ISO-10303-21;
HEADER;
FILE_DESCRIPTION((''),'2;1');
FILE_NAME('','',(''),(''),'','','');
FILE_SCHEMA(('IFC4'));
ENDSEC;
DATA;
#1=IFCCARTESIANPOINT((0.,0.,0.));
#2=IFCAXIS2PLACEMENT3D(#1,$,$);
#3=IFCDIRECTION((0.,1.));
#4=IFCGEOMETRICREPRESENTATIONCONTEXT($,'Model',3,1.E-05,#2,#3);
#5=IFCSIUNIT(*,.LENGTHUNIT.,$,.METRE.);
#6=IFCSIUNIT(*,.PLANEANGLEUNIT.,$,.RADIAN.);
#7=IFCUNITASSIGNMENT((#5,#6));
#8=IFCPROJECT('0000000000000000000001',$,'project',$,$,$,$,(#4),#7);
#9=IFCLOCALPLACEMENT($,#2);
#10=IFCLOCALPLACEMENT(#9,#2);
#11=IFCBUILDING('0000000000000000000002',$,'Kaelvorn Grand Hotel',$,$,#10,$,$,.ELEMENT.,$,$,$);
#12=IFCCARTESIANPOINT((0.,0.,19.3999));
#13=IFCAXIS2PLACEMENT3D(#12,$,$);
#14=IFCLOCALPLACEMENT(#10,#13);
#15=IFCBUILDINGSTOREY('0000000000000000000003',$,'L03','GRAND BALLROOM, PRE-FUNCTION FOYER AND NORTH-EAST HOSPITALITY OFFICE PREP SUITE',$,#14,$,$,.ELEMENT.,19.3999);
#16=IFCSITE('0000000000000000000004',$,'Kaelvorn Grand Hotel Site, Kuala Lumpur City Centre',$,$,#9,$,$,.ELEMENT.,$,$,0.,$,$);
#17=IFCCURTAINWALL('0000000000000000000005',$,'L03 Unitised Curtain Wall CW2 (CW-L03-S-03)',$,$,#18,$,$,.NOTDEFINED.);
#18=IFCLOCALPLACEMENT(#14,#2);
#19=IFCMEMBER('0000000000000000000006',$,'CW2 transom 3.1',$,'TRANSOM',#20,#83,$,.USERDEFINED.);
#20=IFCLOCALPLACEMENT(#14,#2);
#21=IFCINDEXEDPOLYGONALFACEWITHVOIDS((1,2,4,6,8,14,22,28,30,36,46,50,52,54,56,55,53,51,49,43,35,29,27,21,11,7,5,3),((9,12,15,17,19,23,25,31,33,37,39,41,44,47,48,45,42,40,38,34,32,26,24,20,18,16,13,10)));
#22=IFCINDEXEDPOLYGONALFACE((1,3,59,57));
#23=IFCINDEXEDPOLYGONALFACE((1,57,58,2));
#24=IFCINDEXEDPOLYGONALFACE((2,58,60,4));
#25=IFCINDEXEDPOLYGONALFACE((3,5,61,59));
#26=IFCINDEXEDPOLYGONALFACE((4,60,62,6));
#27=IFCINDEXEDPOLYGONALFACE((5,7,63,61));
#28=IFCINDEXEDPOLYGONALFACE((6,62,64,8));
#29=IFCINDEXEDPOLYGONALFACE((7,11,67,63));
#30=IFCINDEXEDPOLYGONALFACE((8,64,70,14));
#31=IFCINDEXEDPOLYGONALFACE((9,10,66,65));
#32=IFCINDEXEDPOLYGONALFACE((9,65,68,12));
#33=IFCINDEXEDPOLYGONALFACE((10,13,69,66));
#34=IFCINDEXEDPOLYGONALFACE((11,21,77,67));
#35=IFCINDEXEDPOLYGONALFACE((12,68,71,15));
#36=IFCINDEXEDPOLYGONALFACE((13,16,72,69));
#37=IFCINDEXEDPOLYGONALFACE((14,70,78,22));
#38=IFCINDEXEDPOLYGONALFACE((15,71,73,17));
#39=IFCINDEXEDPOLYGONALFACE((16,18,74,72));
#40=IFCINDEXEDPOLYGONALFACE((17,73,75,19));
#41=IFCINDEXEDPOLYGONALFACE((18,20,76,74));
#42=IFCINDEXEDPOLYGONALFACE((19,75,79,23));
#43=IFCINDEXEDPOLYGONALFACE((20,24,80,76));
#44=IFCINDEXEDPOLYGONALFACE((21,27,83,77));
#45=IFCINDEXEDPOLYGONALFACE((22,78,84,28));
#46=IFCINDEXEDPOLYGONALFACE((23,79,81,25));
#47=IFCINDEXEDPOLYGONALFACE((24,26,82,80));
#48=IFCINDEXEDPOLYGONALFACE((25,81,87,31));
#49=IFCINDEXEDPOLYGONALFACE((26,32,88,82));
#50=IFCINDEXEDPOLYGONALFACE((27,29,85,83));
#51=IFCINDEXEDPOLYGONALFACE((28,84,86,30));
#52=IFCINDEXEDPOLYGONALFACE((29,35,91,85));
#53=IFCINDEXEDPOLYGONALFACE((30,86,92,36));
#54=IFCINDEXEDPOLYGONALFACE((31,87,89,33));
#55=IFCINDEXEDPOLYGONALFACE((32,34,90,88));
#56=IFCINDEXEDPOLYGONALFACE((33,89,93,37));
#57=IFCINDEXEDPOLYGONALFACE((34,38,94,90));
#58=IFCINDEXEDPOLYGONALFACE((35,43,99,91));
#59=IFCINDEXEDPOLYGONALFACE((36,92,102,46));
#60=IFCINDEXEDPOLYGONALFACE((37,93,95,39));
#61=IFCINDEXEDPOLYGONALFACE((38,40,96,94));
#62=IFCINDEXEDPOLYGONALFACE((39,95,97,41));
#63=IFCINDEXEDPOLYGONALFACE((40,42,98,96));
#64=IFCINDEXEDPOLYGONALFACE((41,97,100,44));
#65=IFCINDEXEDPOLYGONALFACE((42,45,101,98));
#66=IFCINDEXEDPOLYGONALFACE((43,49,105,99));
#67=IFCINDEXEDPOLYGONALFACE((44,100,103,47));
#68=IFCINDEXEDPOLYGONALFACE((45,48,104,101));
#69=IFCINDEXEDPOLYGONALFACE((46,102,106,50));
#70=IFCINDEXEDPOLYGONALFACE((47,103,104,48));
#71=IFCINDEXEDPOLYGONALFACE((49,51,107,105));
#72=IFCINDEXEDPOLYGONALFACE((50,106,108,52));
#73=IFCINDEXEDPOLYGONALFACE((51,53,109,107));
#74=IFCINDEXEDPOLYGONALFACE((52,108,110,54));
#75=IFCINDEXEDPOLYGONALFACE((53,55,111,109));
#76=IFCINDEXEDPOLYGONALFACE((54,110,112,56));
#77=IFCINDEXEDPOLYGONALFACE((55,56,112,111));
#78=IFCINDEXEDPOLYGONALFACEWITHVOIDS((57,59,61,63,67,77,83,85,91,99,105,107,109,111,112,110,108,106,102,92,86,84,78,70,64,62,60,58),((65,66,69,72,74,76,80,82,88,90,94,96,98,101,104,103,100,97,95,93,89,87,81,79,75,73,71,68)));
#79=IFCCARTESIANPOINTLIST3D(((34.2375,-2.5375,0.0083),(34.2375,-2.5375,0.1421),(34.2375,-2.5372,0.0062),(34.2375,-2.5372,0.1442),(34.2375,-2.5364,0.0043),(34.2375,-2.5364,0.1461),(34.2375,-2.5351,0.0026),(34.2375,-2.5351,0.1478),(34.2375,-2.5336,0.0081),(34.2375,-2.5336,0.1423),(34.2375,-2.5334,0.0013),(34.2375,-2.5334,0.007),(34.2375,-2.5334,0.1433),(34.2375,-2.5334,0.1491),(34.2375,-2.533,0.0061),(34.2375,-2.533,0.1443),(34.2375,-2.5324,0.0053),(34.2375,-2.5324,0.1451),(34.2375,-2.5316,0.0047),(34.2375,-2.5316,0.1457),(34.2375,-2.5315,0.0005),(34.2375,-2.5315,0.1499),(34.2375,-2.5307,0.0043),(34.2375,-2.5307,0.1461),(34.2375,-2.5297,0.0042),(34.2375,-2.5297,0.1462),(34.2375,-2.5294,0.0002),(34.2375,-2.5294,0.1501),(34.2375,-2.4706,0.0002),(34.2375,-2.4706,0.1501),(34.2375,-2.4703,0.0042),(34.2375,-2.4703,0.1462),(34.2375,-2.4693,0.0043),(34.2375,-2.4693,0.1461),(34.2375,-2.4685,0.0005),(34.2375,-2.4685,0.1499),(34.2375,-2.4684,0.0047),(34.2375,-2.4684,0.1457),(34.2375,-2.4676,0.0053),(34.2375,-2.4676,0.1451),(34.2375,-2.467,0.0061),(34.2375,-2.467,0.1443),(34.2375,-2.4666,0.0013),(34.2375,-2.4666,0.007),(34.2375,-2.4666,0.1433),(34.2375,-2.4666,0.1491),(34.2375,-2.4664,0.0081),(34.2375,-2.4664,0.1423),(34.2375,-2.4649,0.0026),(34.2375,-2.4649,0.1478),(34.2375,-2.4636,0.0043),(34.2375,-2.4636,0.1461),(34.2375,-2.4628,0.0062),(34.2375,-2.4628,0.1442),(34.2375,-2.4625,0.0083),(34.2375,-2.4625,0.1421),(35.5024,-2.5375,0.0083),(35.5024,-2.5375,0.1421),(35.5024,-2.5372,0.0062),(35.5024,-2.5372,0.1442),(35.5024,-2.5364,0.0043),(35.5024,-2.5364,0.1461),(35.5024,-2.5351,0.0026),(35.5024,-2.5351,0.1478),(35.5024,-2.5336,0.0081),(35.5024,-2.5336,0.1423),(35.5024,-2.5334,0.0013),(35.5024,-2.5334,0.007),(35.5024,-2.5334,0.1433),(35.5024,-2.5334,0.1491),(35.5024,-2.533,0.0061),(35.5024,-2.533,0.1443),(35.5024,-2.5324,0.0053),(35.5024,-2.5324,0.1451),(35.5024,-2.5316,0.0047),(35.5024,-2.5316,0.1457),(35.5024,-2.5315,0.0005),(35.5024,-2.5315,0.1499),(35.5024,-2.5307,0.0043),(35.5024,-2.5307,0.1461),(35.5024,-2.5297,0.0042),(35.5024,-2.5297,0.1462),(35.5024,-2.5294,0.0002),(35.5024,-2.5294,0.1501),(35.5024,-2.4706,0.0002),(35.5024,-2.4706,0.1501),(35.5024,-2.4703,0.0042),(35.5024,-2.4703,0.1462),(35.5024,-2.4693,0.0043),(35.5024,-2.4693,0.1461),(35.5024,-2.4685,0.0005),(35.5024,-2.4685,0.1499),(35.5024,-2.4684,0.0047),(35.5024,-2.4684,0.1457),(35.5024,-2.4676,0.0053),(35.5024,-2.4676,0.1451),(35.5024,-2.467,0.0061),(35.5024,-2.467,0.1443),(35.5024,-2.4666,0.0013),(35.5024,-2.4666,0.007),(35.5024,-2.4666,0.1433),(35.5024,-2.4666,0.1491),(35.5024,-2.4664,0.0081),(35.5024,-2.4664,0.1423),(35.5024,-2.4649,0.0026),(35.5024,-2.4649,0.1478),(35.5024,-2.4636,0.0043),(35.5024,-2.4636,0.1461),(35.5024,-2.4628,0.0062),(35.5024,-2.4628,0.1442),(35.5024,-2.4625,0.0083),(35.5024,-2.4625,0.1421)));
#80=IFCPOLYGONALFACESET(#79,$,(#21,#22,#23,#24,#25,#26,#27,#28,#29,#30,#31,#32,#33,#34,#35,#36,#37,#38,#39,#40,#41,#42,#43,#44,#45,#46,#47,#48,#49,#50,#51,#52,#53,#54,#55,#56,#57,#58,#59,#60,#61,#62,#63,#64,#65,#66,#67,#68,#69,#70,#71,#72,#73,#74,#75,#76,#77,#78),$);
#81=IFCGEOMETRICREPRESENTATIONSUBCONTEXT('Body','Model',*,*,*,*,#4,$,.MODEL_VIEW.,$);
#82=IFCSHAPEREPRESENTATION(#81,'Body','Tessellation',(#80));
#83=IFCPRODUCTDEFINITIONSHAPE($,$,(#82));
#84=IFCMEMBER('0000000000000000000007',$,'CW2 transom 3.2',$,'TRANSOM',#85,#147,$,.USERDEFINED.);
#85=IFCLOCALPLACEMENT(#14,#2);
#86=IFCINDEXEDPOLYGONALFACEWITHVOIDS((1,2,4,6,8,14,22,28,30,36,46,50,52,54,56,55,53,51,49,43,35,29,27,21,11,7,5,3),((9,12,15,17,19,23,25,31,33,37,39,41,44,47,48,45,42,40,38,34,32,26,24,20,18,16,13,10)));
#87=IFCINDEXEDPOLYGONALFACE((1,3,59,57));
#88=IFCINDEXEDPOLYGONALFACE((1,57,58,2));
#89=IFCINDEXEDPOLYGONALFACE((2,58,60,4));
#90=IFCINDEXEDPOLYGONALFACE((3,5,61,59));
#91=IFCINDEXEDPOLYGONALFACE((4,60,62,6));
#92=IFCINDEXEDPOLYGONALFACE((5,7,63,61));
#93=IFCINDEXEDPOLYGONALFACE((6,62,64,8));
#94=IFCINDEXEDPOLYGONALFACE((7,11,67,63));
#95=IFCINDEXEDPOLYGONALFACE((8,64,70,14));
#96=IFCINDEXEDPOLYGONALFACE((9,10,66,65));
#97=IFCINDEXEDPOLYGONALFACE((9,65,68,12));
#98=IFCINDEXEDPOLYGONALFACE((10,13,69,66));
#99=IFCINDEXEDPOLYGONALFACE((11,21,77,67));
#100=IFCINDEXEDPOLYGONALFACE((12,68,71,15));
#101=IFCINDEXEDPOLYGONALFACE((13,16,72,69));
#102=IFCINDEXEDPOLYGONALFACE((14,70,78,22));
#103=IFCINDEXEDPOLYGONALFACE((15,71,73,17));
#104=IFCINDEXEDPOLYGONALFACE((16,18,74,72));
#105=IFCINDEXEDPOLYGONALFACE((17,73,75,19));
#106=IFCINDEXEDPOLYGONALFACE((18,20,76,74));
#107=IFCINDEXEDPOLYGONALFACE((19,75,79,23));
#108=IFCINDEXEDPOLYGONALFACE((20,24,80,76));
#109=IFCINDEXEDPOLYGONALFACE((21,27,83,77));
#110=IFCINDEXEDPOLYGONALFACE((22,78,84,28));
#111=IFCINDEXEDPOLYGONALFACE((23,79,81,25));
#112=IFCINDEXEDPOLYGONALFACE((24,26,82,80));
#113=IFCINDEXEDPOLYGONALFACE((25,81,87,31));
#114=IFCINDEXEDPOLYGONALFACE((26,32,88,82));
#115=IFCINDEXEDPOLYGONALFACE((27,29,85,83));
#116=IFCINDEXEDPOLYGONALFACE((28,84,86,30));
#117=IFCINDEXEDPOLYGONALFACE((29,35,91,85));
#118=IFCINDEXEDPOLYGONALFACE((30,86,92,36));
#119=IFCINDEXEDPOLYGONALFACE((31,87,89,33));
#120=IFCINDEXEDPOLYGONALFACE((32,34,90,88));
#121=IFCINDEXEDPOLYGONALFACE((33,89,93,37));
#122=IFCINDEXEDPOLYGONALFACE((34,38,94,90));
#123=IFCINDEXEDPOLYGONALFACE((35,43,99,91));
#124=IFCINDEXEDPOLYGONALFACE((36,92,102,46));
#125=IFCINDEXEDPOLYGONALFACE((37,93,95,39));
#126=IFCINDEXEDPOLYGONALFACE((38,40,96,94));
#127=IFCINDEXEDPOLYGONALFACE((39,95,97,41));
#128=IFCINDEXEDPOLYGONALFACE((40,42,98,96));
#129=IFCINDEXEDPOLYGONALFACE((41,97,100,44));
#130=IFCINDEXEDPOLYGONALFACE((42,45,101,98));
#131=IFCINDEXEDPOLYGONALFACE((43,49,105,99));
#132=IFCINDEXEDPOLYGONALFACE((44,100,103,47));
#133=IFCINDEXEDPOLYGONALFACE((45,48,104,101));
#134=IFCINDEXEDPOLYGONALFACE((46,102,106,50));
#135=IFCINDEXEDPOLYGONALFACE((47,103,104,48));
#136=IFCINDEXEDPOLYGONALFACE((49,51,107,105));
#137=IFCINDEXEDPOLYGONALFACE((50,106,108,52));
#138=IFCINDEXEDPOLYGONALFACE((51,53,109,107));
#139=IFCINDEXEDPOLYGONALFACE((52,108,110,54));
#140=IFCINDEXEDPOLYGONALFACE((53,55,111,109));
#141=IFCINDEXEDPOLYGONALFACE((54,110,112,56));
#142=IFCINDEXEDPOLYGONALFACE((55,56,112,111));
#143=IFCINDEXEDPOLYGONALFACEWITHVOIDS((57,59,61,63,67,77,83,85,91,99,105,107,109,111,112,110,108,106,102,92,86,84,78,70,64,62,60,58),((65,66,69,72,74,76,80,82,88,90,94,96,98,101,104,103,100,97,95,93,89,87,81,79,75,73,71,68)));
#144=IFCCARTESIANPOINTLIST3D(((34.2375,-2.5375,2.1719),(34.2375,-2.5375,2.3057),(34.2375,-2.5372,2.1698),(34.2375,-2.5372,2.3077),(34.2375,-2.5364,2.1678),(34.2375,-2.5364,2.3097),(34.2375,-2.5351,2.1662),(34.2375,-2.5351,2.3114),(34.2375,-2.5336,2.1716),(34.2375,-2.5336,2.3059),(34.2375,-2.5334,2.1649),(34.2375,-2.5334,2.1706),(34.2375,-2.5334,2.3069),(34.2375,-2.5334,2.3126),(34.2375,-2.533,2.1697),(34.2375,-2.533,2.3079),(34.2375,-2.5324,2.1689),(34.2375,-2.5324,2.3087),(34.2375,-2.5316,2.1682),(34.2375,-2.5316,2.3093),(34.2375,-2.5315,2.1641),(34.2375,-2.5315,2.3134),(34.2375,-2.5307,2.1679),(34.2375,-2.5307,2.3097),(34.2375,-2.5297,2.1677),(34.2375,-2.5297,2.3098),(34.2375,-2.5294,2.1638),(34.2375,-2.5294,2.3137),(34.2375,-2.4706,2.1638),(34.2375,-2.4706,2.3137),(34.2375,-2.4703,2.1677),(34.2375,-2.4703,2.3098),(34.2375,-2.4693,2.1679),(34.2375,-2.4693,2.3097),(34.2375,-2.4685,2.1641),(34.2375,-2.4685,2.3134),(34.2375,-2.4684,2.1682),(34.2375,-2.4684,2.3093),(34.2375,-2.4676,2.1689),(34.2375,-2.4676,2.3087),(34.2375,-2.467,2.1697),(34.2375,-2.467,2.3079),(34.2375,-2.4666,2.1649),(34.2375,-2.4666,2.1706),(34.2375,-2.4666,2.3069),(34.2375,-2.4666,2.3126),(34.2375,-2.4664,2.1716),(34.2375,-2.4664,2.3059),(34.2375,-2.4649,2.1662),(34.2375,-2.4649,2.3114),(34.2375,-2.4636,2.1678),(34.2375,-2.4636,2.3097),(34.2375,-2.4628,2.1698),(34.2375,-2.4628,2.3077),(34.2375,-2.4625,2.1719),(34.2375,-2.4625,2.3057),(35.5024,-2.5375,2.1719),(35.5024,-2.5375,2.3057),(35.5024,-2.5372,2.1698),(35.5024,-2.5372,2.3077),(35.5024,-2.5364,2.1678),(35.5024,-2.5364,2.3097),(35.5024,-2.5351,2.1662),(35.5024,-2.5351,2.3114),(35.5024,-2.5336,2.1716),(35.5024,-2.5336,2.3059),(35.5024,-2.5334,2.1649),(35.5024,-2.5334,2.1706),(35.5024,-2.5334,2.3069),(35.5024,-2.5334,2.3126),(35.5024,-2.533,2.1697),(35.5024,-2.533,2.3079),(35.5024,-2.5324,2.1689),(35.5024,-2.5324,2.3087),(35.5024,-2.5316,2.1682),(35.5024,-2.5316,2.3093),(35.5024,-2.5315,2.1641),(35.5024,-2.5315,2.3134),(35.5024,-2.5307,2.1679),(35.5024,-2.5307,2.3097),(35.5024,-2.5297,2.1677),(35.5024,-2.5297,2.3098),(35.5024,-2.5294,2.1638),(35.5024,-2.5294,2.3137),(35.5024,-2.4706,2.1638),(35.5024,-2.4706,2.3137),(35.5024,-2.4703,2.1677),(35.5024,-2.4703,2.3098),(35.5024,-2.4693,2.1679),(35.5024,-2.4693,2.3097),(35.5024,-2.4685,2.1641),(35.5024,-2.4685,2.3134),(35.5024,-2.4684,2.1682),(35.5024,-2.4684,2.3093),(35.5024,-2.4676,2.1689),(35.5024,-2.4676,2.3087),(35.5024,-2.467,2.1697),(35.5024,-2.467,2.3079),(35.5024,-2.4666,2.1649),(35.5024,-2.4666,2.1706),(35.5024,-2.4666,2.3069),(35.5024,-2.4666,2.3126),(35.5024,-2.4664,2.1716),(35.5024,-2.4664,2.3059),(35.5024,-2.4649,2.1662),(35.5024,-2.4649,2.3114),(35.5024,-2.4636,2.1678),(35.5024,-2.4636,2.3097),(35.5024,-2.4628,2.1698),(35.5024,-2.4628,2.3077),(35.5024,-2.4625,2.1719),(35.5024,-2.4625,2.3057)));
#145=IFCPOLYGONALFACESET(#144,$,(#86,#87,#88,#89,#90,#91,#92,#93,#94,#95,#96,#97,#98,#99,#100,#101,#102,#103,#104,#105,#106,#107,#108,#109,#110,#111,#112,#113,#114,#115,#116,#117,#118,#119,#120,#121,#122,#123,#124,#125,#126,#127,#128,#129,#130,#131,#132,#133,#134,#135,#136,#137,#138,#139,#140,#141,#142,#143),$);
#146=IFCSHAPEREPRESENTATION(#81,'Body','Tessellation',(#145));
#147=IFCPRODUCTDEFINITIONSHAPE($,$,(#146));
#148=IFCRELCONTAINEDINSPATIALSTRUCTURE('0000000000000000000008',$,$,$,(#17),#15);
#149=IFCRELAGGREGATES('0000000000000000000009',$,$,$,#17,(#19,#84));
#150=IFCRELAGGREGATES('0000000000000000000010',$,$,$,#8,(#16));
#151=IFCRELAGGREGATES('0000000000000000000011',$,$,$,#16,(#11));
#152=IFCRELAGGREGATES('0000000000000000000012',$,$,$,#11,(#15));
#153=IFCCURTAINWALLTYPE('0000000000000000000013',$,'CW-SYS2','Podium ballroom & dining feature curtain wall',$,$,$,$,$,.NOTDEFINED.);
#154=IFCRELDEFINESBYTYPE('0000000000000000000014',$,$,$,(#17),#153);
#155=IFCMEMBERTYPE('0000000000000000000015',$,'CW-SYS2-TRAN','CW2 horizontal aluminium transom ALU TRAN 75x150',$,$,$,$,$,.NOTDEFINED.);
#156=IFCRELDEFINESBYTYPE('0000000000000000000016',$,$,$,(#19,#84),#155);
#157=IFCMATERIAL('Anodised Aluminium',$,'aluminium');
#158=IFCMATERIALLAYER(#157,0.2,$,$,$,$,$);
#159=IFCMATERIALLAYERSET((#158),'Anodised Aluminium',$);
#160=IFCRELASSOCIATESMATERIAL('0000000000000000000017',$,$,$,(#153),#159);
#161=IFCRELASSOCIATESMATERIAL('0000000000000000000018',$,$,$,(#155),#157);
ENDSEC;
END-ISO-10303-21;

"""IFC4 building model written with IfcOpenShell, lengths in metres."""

from ifc_helpers import new_model, si_unit, direction, frame, origin, origin_2d, place, context, subcontext, project, spatial, hollow_rectangle, extrude, material, layer, layer_set, material_profile, profile_set, type_object, element, aggregate, save


model = new_model("IFC4")

# Units and contexts
model_context = context("Model", 3, precision=1e-05, world=origin(), true_north=direction((0.0, 1.0)))
body_context = subcontext(model_context, "Body", "Model", "MODEL_VIEW")
ifc_project = project(units=[si_unit("LENGTHUNIT", "METRE"), si_unit("PLANEANGLEUNIT", "RADIAN")], contexts=[model_context])

# Site, building, storey
site_placement = place(None, origin())
site = spatial("IfcSite", under=ifc_project, at=site_placement, Name="Kaelvorn Grand Hotel Site, Kuala Lumpur City Centre", CompositionType="ELEMENT", RefElevation=0.0)
building_placement = place(site_placement, origin())
building = spatial("IfcBuilding", under=site, at=building_placement, Name="Kaelvorn Grand Hotel", CompositionType="ELEMENT")
storey_placement = place(building_placement, frame((0.0, 0.0, 19.3999)))
storey = spatial("IfcBuildingStorey", under=building, at=storey_placement, Name="L03", Description="GRAND BALLROOM, PRE-FUNCTION FOYER AND NORTH-EAST HOSPITALITY OFFICE PREP SUITE", CompositionType="ELEMENT", Elevation=19.3999)

# Curtain wall
ifc_material_1 = material(Name="Anodised Aluminium", Category="aluminium")
ifc_layer_1 = layer(ifc_material_1, 0.2)
ifc_layer_set_1 = layer_set([ifc_layer_1], Name="Anodised Aluminium")
curtain_wall_type = type_object("IfcCurtainWallType", Name="CW-SYS2", Description="Podium ballroom & dining feature curtain wall", PredefinedType="NOTDEFINED", material=ifc_layer_set_1)
curtain_wall_1_placement = place(storey_placement, origin())
curtain_wall_1 = element("IfcCurtainWall", 1, at=curtain_wall_1_placement, inside=storey, type_object=curtain_wall_type, Name="L03 Unitised Curtain Wall CW2 (CW-L03-S-03)", PredefinedType="NOTDEFINED")

# Members
ifc_material_profile_1 = material_profile(ifc_material_1, hollow_rectangle(XDim=0.075, YDim=0.1499, WallThickness=0.0039, InnerFilletRadius=0.0039, OuterFilletRadius=0.0081, at=origin_2d()), Name="ALU TRAN 75x150")
ifc_profile_set_1 = profile_set([ifc_material_profile_1], Name="Anodised Aluminium")
member_type_1 = type_object("IfcMemberType", Name="CW-SYS2-TRAN", Description="CW2 horizontal aluminium transom ALU TRAN 75x150", PredefinedType="NOTDEFINED", material=ifc_profile_set_1)
member_1_placement = place(storey_placement, frame((34.2375, -2.5, 0.0752), z_axis=(1.0, 0.0, 0.0), x_axis=(0.0, 1.0, 0.0)))
member_1 = element("IfcMember", 2, at=member_1_placement, type_object=member_type_1, Name="CW2 transom 3.1", ObjectType="TRANSOM", PredefinedType="USERDEFINED", context=body_context, shape_type="SweptSolid", body=[
    extrude(hollow_rectangle(XDim=0.075, YDim=0.1499, WallThickness=0.0039, InnerFilletRadius=0.0039, OuterFilletRadius=0.0081, at=origin_2d()), origin(), (0.0, 0.0, 1.0), 1.2649),
])
member_2_placement = place(storey_placement, frame((34.2375, -2.5, 2.2388), z_axis=(1.0, 0.0, 0.0), x_axis=(0.0, 1.0, 0.0)))
member_2 = element("IfcMember", 3, at=member_2_placement, type_object=member_type_1, Name="CW2 transom 3.2", ObjectType="TRANSOM", PredefinedType="USERDEFINED", context=body_context, shape_type="SweptSolid", body=[
    extrude(hollow_rectangle(XDim=0.075, YDim=0.1499, WallThickness=0.0039, InnerFilletRadius=0.0039, OuterFilletRadius=0.0081, at=origin_2d()), origin(), (0.0, 0.0, 1.0), 1.2649),
])

aggregate(curtain_wall_1, [member_1, member_2])

save(model, "model.ifc")
